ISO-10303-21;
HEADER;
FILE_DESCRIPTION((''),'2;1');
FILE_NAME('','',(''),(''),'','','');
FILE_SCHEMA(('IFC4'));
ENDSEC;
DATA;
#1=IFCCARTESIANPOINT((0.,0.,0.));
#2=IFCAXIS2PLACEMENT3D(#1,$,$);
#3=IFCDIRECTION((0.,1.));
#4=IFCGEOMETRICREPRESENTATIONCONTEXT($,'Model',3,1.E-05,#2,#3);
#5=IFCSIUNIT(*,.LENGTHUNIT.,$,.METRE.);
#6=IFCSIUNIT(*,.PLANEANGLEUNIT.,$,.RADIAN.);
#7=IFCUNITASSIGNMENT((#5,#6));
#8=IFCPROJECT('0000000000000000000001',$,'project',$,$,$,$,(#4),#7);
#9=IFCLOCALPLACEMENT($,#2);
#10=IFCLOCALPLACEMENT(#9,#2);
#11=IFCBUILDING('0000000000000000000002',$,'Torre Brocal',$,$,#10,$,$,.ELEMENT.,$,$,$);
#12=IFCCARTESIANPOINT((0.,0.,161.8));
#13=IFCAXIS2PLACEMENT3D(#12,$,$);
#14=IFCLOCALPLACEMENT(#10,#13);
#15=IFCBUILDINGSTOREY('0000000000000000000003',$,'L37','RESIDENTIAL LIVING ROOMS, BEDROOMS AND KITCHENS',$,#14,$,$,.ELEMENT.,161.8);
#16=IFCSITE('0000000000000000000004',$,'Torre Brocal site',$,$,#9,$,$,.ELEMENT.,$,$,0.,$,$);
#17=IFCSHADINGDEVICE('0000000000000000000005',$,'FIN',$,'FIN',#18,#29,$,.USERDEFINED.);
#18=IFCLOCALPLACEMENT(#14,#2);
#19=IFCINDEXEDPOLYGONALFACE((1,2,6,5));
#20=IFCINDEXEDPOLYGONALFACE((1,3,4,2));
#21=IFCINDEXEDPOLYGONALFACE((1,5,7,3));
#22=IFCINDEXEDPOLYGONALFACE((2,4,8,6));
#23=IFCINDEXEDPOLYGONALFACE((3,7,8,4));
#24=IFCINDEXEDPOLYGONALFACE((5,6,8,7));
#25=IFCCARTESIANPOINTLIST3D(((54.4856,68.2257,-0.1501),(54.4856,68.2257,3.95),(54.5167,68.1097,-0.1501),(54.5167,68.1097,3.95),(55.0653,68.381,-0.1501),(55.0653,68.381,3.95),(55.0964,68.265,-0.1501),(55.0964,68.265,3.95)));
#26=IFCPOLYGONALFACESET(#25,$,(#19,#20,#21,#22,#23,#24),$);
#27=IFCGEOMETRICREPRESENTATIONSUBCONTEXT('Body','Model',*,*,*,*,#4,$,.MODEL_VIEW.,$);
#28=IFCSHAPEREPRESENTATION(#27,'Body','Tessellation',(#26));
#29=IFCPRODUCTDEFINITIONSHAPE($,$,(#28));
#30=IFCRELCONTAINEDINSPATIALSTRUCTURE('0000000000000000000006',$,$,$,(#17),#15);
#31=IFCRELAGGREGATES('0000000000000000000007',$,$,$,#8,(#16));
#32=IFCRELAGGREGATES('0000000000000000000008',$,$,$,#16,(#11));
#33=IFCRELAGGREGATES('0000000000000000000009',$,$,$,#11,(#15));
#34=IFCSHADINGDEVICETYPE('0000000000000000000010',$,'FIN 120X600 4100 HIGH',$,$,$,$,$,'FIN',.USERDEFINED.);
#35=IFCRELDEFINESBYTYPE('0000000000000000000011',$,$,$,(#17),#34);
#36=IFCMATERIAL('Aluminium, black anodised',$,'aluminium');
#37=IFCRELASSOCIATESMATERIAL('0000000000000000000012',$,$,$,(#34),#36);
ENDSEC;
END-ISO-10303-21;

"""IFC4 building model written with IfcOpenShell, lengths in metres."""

from ifc_helpers import new_model, si_unit, direction, frame, origin, origin_2d, place, context, subcontext, project, spatial, rectangle, extrude, material, material_profile, profile_set, type_object, element, save


model = new_model("IFC4")

# Units and contexts
model_context = context("Model", 3, precision=1e-05, world=origin(), true_north=direction((0.0, 1.0)))
body_context = subcontext(model_context, "Body", "Model", "MODEL_VIEW")
ifc_project = project(units=[si_unit("LENGTHUNIT", "METRE"), si_unit("PLANEANGLEUNIT", "RADIAN")], contexts=[model_context])

# Site, building, storey
site_placement = place(None, origin())
site = spatial("IfcSite", under=ifc_project, at=site_placement, Name="Torre Brocal site", CompositionType="ELEMENT", RefElevation=0.0)
building_placement = place(site_placement, origin())
building = spatial("IfcBuilding", under=site, at=building_placement, Name="Torre Brocal", CompositionType="ELEMENT")
storey_placement = place(building_placement, frame((0.0, 0.0, 161.8)))
storey = spatial("IfcBuildingStorey", under=building, at=storey_placement, Name="L37", Description="RESIDENTIAL LIVING ROOMS, BEDROOMS AND KITCHENS", CompositionType="ELEMENT", Elevation=161.8)

# Shading device
ifc_material_1 = material(Name="Aluminium, black anodised", Category="aluminium")
ifc_material_profile_1 = material_profile(ifc_material_1, rectangle(XDim=0.1201, YDim=0.6001, at=origin_2d()), Name="FIN 120X600 4100 HIGH")
ifc_profile_set_1 = profile_set([ifc_material_profile_1], Name="Aluminium, black anodised")
shading_device_type = type_object("IfcShadingDeviceType", Name="FIN 120X600 4100 HIGH", ElementType="FIN", PredefinedType="USERDEFINED", material=ifc_profile_set_1)
shading_device_placement = place(storey_placement, frame((54.791, 68.2454, -0.1501), z_axis=(0.0, 0.0, 1.0), x_axis=(0.258819, -0.965926, 0.0)))
element("IfcShadingDevice", 1, at=shading_device_placement, inside=storey, type_object=shading_device_type, Name="FIN", ObjectType="FIN", PredefinedType="USERDEFINED", context=body_context, shape_type="SweptSolid", body=[
    extrude(rectangle(XDim=0.1201, YDim=0.6001, at=origin_2d()), origin(), (0.0, 0.0, 1.0), 4.1001),
])

save(model, "model.ifc")
